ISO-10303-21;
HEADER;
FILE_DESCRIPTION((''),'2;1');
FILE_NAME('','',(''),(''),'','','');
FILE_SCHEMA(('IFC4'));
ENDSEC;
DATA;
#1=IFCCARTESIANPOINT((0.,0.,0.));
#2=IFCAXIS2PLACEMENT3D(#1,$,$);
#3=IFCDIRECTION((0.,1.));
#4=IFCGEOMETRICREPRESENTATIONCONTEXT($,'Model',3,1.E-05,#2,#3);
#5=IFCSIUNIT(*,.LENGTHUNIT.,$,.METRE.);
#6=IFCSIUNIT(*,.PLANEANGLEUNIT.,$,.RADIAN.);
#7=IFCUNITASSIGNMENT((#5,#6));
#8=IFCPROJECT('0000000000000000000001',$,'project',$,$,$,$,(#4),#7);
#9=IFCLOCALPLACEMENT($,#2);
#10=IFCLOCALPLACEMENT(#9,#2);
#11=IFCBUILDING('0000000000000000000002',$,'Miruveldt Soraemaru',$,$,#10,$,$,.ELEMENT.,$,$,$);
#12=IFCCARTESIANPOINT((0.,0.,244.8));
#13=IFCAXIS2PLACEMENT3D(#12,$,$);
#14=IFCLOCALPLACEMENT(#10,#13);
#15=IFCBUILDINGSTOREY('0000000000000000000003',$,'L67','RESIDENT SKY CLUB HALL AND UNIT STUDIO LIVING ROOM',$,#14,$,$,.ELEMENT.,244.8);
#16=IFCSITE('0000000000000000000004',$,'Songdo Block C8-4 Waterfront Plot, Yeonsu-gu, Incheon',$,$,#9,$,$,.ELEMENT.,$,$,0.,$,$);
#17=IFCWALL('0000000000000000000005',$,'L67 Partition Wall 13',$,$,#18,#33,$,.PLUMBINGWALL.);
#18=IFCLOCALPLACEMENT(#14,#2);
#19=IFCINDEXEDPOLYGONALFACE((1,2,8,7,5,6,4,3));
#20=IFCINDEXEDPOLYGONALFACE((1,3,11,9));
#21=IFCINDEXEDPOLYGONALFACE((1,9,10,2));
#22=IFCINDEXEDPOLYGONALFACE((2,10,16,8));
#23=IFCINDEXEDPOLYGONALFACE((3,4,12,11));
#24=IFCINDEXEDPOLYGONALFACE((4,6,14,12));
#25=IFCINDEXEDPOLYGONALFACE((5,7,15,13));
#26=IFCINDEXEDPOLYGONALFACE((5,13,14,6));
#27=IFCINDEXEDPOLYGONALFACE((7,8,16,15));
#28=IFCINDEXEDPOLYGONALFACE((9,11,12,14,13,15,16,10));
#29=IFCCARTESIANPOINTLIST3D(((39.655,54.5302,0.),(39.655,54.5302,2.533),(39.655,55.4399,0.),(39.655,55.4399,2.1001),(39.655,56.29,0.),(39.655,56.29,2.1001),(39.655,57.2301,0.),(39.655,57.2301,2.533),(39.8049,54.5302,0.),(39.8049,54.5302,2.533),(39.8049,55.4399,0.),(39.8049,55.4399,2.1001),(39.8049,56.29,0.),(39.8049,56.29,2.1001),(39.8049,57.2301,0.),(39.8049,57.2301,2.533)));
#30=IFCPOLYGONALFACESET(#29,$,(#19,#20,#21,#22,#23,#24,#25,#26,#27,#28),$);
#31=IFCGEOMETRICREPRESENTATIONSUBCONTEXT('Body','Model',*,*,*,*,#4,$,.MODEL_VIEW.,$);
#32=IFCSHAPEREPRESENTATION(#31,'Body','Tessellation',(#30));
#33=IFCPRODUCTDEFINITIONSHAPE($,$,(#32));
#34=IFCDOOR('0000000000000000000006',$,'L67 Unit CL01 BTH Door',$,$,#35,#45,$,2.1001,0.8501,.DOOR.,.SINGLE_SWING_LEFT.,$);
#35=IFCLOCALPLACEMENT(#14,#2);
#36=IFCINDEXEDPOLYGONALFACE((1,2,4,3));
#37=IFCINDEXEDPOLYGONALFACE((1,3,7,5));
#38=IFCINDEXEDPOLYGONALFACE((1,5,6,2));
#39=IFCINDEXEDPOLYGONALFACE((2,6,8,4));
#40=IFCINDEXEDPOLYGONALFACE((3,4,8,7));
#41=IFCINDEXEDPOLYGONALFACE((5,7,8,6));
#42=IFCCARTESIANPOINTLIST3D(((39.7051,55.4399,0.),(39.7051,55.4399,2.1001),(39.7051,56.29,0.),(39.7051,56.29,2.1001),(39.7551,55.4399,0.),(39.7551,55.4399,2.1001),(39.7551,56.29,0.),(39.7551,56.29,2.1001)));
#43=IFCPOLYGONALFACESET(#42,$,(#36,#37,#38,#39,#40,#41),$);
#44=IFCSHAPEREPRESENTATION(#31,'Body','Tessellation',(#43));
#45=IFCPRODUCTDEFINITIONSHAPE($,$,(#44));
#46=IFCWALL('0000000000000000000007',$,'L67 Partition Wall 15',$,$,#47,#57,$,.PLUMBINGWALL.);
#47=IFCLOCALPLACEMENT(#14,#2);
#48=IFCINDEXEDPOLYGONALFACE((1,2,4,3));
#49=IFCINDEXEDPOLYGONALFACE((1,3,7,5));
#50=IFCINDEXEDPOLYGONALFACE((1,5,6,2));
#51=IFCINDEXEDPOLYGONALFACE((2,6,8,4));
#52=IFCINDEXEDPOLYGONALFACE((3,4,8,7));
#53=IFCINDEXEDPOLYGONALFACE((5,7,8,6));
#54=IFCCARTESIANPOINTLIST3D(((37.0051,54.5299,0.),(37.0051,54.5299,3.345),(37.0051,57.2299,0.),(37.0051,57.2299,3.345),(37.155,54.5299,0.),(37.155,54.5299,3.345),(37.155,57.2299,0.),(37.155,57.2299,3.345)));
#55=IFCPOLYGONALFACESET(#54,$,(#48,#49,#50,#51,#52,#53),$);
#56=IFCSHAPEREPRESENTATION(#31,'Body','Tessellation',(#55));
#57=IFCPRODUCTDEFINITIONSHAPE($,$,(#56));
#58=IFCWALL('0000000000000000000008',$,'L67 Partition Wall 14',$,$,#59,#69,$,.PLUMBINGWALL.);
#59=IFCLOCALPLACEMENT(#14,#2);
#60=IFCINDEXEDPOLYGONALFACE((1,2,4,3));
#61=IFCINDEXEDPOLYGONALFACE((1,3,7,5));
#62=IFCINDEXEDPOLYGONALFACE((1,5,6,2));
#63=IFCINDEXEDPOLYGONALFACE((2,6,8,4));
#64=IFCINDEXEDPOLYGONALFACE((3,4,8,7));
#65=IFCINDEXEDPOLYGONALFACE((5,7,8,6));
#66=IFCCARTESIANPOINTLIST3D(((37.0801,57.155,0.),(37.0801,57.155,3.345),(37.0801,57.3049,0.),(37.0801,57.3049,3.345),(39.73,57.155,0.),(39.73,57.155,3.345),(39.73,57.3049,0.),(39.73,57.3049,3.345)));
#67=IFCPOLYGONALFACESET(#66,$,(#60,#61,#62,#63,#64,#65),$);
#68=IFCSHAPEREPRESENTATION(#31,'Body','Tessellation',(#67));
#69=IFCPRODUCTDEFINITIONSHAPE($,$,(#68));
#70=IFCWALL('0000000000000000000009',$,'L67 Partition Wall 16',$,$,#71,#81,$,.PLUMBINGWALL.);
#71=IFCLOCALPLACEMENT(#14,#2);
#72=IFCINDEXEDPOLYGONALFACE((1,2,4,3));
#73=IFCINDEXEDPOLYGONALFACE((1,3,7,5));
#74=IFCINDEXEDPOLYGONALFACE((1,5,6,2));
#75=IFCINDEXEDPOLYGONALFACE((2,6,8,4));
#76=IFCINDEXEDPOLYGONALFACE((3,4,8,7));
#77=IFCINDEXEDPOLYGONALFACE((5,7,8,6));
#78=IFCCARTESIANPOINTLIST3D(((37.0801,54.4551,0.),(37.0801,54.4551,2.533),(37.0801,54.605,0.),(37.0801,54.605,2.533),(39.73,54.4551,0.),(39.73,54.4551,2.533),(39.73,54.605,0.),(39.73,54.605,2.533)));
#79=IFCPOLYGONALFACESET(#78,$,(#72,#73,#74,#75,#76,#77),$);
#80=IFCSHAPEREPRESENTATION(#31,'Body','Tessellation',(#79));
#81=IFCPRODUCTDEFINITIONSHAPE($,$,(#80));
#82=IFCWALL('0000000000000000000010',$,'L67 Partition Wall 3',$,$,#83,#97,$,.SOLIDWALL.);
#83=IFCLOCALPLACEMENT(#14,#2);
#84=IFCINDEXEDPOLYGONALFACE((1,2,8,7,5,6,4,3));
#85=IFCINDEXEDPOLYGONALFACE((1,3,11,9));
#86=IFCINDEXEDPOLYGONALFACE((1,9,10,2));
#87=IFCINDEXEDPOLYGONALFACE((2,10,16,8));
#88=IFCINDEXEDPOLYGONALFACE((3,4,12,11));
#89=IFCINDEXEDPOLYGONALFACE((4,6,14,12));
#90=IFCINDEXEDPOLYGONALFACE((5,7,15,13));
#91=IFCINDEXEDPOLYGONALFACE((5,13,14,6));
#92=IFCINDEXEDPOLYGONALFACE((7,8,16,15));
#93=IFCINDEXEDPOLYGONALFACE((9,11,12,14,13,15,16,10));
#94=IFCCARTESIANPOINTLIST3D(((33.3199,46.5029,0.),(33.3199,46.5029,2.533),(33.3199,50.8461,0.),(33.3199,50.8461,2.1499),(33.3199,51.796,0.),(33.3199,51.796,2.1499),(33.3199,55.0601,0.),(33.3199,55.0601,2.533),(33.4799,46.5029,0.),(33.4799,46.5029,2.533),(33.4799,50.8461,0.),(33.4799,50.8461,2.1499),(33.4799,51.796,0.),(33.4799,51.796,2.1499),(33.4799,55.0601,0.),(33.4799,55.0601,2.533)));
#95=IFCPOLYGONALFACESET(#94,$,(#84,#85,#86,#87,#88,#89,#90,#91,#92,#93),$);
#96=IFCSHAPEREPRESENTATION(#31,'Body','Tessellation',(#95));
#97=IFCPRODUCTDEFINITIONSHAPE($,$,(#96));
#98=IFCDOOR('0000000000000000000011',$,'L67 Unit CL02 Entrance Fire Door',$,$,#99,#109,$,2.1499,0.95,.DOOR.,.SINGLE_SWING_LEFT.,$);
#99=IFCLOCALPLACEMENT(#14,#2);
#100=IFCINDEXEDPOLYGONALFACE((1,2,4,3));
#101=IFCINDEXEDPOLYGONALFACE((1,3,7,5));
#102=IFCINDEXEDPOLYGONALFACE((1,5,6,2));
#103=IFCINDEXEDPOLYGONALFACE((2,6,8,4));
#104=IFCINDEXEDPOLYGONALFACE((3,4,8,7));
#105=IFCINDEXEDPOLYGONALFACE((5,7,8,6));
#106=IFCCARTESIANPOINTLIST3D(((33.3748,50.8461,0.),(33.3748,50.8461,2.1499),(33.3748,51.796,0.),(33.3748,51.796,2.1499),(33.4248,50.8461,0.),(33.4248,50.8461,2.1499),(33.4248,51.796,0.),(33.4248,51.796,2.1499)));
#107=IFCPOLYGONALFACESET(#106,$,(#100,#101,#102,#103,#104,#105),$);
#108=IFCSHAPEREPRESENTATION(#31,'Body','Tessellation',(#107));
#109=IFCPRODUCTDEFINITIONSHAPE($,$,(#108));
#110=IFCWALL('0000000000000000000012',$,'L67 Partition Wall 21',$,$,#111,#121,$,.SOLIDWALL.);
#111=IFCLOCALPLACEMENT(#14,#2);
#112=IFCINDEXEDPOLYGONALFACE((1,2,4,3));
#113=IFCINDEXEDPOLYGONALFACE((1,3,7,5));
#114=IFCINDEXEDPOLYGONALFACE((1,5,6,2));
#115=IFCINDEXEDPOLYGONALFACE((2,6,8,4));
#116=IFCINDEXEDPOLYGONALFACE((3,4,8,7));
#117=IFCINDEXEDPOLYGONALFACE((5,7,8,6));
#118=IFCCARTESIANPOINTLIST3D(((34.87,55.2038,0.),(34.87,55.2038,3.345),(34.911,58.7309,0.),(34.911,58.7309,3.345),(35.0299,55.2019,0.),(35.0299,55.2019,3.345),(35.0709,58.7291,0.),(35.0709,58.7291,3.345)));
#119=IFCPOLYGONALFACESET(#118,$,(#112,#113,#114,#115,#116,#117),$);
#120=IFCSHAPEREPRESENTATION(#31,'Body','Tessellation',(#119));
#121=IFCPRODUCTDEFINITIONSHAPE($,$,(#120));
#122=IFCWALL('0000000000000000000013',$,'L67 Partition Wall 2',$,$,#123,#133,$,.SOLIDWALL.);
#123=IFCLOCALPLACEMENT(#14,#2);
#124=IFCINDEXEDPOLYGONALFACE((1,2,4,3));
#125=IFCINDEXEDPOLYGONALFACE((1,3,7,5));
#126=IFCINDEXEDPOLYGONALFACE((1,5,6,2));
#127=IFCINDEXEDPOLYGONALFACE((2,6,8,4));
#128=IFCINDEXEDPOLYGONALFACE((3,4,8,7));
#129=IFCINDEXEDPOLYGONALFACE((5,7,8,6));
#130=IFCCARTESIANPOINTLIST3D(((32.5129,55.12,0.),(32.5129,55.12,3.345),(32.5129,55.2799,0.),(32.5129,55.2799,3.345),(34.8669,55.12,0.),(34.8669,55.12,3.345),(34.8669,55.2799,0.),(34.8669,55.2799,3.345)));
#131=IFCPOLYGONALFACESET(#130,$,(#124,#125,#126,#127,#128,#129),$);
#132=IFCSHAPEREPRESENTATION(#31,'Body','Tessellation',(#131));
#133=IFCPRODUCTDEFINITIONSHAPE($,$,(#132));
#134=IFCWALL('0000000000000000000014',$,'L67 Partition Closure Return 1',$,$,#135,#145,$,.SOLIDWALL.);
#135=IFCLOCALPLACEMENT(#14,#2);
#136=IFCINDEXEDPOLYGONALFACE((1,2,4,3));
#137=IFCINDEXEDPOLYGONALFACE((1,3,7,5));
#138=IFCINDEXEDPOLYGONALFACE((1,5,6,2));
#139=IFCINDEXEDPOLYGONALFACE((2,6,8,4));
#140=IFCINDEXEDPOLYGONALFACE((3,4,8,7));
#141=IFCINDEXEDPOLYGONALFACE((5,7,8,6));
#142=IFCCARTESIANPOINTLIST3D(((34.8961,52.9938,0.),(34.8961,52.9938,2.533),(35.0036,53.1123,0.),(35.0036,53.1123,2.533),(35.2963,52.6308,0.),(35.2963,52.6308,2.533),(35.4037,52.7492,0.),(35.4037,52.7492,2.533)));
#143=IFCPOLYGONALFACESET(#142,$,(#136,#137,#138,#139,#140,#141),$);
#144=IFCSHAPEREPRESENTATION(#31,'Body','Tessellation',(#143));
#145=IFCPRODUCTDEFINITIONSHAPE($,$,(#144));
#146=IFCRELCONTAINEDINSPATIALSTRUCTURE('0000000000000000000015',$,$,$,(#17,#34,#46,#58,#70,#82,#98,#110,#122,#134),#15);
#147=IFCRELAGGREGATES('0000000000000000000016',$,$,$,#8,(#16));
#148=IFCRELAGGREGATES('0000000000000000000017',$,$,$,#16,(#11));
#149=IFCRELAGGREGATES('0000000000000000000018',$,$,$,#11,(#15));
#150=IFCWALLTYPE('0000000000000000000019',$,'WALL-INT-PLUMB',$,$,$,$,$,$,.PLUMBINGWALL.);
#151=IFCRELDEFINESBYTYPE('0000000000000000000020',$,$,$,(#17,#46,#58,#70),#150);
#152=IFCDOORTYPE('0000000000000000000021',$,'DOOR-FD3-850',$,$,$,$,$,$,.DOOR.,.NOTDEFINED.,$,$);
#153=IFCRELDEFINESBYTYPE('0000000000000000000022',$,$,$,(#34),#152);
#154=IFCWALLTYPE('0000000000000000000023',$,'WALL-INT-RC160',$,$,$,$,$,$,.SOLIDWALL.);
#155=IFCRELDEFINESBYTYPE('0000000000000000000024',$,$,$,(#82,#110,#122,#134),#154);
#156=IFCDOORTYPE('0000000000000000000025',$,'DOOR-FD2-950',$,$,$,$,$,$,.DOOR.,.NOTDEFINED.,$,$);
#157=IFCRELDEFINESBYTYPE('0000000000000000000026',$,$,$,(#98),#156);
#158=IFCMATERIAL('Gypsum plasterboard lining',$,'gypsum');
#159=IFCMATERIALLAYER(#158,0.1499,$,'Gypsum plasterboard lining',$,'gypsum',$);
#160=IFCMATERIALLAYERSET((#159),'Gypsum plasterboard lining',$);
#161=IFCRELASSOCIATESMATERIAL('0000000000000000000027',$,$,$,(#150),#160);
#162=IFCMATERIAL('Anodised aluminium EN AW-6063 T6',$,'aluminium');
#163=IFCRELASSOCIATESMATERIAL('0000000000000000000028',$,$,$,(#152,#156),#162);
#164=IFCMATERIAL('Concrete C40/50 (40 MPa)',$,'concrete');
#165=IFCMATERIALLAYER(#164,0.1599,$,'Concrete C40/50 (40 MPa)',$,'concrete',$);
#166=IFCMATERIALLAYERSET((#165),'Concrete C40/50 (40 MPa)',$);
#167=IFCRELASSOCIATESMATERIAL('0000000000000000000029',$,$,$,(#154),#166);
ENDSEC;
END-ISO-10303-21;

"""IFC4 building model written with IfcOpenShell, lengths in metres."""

from ifc_helpers import new_model, si_unit, direction, frame, frame_2d, origin, place, context, subcontext, project, spatial, rectangle, extrude, material, layer, layer_set, type_object, element, fill, save


model = new_model("IFC4")

# Units and contexts
model_context = context("Model", 3, precision=1e-05, world=origin(), true_north=direction((0.0, 1.0)))
body_context = subcontext(model_context, "Body", "Model", "MODEL_VIEW")
ifc_project = project(units=[si_unit("LENGTHUNIT", "METRE"), si_unit("PLANEANGLEUNIT", "RADIAN")], contexts=[model_context])

# Site, building, storey
site_placement = place(None, origin())
site = spatial("IfcSite", under=ifc_project, at=site_placement, Name="Songdo Block C8-4 Waterfront Plot, Yeonsu-gu, Incheon", CompositionType="ELEMENT", RefElevation=0.0)
building_placement = place(site_placement, origin())
building = spatial("IfcBuilding", under=site, at=building_placement, Name="Miruveldt Soraemaru", CompositionType="ELEMENT")
storey_placement = place(building_placement, frame((0.0, 0.0, 244.8)))
storey = spatial("IfcBuildingStorey", under=building, at=storey_placement, Name="L67", Description="RESIDENT SKY CLUB HALL AND UNIT STUDIO LIVING ROOM", CompositionType="ELEMENT", Elevation=244.8)

# Wall, opening, door
ifc_material_1 = material(Name="Gypsum plasterboard lining", Category="gypsum")
ifc_layer_1 = layer(ifc_material_1, 0.1499, Name="Gypsum plasterboard lining", Category="gypsum")
ifc_layer_set_1 = layer_set([ifc_layer_1], Name="Gypsum plasterboard lining")
wall_type_1 = type_object("IfcWallType", Name="WALL-INT-PLUMB", PredefinedType="PLUMBINGWALL", material=ifc_layer_set_1)
wall_1_placement = place(storey_placement, frame((39.73, 54.53, 0.0), z_axis=(0.0, 0.0, 1.0), x_axis=(0.0, 1.0, 0.0)))
wall_1 = element("IfcWall", 1, at=wall_1_placement, inside=storey, type_object=wall_type_1, Name="L67 Partition Wall 13", PredefinedType="PLUMBINGWALL", context=body_context, shape_type="SweptSolid", body=[
    extrude(rectangle(XDim=2.7, YDim=0.1499, at=frame_2d((1.3501, 0.0))), origin(), (0.0, 0.0, 1.0), 2.533),
])
opening_1_placement = place(wall_1_placement, frame((0.9099, 0.0, 0.0)))
opening_1 = element("IfcOpeningElement", 2, at=opening_1_placement, cuts=wall_1, PredefinedType="OPENING", context=body_context, shape_type="SweptSolid", body=[
    extrude(rectangle(XDim=0.8501, YDim=2.1001, at=frame_2d((0.425, 1.05))), frame((0.0, 0.085, 0.0), z_axis=(0.0, -1.0, 0.0), x_axis=(1.0, 0.0, 0.0)), (0.0, 0.0, 1.0), 0.1699),
])
ifc_material_2 = material(Name="Anodised aluminium EN AW-6063 T6", Category="aluminium")
door_type_1 = type_object("IfcDoorType", Name="DOOR-FD3-850", OperationType="NOTDEFINED", PredefinedType="DOOR", material=ifc_material_2)
door_1_placement = place(opening_1_placement, origin())
door_1 = element("IfcDoor", 3, at=door_1_placement, inside=storey, type_object=door_type_1, Name="L67 Unit CL01 BTH Door", OperationType="SINGLE_SWING_LEFT", OverallHeight=2.1001, OverallWidth=0.8501, PredefinedType="DOOR", context=body_context, shape_type="SweptSolid", body=[
    extrude(rectangle(XDim=0.8501, YDim=2.1001, at=frame_2d((0.425, 1.05))), frame((0.0, 0.0249, 0.0), z_axis=(0.0, -1.0, 0.0), x_axis=(1.0, 0.0, 0.0)), (0.0, 0.0, 1.0), 0.05),
])
fill(opening_1, door_1)

# Walls
wall_2_placement = place(storey_placement, frame((37.0801, 57.23, 0.0), z_axis=(0.0, 0.0, 1.0), x_axis=(0.0, -1.0, 0.0)))
element("IfcWall", 4, at=wall_2_placement, inside=storey, type_object=wall_type_1, Name="L67 Partition Wall 15", PredefinedType="PLUMBINGWALL", context=body_context, shape_type="SweptSolid", body=[
    extrude(rectangle(XDim=2.7, YDim=0.1499, at=frame_2d((1.3501, 0.0))), origin(), (0.0, 0.0, 1.0), 3.345),
])
wall_3_placement = place(storey_placement, frame((39.73, 57.23, 0.0), z_axis=(0.0, 0.0, 1.0), x_axis=(-1.0, 0.0, 0.0)))
element("IfcWall", 5, at=wall_3_placement, inside=storey, type_object=wall_type_1, Name="L67 Partition Wall 14", PredefinedType="PLUMBINGWALL", context=body_context, shape_type="SweptSolid", body=[
    extrude(rectangle(XDim=2.6499, YDim=0.1499, at=frame_2d((1.325, 0.0))), origin(), (0.0, 0.0, 1.0), 3.345),
])
wall_4_placement = place(storey_placement, frame((37.0801, 54.53, 0.0), z_axis=(0.0, 0.0, 1.0), x_axis=(1.0, 0.0, 0.0)))
element("IfcWall", 6, at=wall_4_placement, inside=storey, type_object=wall_type_1, Name="L67 Partition Wall 16", PredefinedType="PLUMBINGWALL", context=body_context, shape_type="SweptSolid", body=[
    extrude(rectangle(XDim=2.6499, YDim=0.1499, at=frame_2d((1.325, 0.0))), origin(), (0.0, 0.0, 1.0), 2.533),
])

# Wall, opening, door
ifc_material_3 = material(Name="Concrete C40/50 (40 MPa)", Category="concrete")
ifc_layer_2 = layer(ifc_material_3, 0.1599, Name="Concrete C40/50 (40 MPa)", Category="concrete")
ifc_layer_set_2 = layer_set([ifc_layer_2], Name="Concrete C40/50 (40 MPa)")
wall_type_2 = type_object("IfcWallType", Name="WALL-INT-RC160", PredefinedType="SOLIDWALL", material=ifc_layer_set_2)
wall_5_placement = place(storey_placement, frame((33.3999, 55.0601, 0.0), z_axis=(0.0, 0.0, 1.0), x_axis=(0.0, -1.0, 0.0)))
wall_5 = element("IfcWall", 7, at=wall_5_placement, inside=storey, type_object=wall_type_2, Name="L67 Partition Wall 3", PredefinedType="SOLIDWALL", context=body_context, shape_type="SweptSolid", body=[
    extrude(rectangle(XDim=8.5571, YDim=0.1599, at=frame_2d((4.2786, 0.0))), origin(), (0.0, 0.0, 1.0), 2.533),
])
opening_2_placement = place(wall_5_placement, frame((3.2639, 0.0, 0.0)))
opening_2 = element("IfcOpeningElement", 8, at=opening_2_placement, cuts=wall_5, PredefinedType="OPENING", context=body_context, shape_type="SweptSolid", body=[
    extrude(rectangle(XDim=0.95, YDim=2.1499, at=frame_2d((0.4751, 1.075))), frame((0.0, 0.0898, 0.0), z_axis=(0.0, -1.0, 0.0), x_axis=(1.0, 0.0, 0.0)), (0.0, 0.0, 1.0), 0.1799),
])
door_type_2 = type_object("IfcDoorType", Name="DOOR-FD2-950", OperationType="NOTDEFINED", PredefinedType="DOOR", material=ifc_material_2)
door_2_placement = place(opening_2_placement, origin())
door_2 = element("IfcDoor", 9, at=door_2_placement, inside=storey, type_object=door_type_2, Name="L67 Unit CL02 Entrance Fire Door", OperationType="SINGLE_SWING_LEFT", OverallHeight=2.1499, OverallWidth=0.95, PredefinedType="DOOR", context=body_context, shape_type="SweptSolid", body=[
    extrude(rectangle(XDim=0.95, YDim=2.1499, at=frame_2d((0.4751, 1.075))), frame((0.0, 0.0249, 0.0), z_axis=(0.0, -1.0, 0.0), x_axis=(1.0, 0.0, 0.0)), (0.0, 0.0, 1.0), 0.05),
])
fill(opening_2, door_2)

# Walls
wall_6_placement = place(storey_placement, frame((34.991, 58.73, 0.0), z_axis=(0.0, 0.0, 1.0), x_axis=(-0.011628, -0.999932, 0.0)))
element("IfcWall", 10, at=wall_6_placement, inside=storey, type_object=wall_type_2, Name="L67 Partition Wall 21", PredefinedType="SOLIDWALL", context=body_context, shape_type="SweptSolid", body=[
    extrude(rectangle(XDim=3.5273, YDim=0.1599, at=frame_2d((1.7637, 0.0))), origin(), (0.0, 0.0, 1.0), 3.345),
])
wall_7_placement = place(storey_placement, frame((34.8669, 55.2, 0.0), z_axis=(0.0, 0.0, 1.0), x_axis=(-1.0, 0.0, 0.0)))
element("IfcWall", 11, at=wall_7_placement, inside=storey, type_object=wall_type_2, Name="L67 Partition Wall 2", PredefinedType="SOLIDWALL", context=body_context, shape_type="SweptSolid", body=[
    extrude(rectangle(XDim=2.354, YDim=0.1599, at=frame_2d((1.177, 0.0))), origin(), (0.0, 0.0, 1.0), 3.345),
])
wall_8_placement = place(storey_placement, frame((34.95, 53.053, 0.0), z_axis=(0.0, 0.0, 1.0), x_axis=(0.740614, -0.67193, 0.0)))
element("IfcWall", 12, at=wall_8_placement, inside=storey, type_object=wall_type_2, Name="L67 Partition Closure Return 1", PredefinedType="SOLIDWALL", context=body_context, shape_type="SweptSolid", body=[
    extrude(rectangle(XDim=0.5403, YDim=0.1599, at=frame_2d((0.27, 0.0))), origin(), (0.0, 0.0, 1.0), 2.533),
])

save(model, "model.ifc")
